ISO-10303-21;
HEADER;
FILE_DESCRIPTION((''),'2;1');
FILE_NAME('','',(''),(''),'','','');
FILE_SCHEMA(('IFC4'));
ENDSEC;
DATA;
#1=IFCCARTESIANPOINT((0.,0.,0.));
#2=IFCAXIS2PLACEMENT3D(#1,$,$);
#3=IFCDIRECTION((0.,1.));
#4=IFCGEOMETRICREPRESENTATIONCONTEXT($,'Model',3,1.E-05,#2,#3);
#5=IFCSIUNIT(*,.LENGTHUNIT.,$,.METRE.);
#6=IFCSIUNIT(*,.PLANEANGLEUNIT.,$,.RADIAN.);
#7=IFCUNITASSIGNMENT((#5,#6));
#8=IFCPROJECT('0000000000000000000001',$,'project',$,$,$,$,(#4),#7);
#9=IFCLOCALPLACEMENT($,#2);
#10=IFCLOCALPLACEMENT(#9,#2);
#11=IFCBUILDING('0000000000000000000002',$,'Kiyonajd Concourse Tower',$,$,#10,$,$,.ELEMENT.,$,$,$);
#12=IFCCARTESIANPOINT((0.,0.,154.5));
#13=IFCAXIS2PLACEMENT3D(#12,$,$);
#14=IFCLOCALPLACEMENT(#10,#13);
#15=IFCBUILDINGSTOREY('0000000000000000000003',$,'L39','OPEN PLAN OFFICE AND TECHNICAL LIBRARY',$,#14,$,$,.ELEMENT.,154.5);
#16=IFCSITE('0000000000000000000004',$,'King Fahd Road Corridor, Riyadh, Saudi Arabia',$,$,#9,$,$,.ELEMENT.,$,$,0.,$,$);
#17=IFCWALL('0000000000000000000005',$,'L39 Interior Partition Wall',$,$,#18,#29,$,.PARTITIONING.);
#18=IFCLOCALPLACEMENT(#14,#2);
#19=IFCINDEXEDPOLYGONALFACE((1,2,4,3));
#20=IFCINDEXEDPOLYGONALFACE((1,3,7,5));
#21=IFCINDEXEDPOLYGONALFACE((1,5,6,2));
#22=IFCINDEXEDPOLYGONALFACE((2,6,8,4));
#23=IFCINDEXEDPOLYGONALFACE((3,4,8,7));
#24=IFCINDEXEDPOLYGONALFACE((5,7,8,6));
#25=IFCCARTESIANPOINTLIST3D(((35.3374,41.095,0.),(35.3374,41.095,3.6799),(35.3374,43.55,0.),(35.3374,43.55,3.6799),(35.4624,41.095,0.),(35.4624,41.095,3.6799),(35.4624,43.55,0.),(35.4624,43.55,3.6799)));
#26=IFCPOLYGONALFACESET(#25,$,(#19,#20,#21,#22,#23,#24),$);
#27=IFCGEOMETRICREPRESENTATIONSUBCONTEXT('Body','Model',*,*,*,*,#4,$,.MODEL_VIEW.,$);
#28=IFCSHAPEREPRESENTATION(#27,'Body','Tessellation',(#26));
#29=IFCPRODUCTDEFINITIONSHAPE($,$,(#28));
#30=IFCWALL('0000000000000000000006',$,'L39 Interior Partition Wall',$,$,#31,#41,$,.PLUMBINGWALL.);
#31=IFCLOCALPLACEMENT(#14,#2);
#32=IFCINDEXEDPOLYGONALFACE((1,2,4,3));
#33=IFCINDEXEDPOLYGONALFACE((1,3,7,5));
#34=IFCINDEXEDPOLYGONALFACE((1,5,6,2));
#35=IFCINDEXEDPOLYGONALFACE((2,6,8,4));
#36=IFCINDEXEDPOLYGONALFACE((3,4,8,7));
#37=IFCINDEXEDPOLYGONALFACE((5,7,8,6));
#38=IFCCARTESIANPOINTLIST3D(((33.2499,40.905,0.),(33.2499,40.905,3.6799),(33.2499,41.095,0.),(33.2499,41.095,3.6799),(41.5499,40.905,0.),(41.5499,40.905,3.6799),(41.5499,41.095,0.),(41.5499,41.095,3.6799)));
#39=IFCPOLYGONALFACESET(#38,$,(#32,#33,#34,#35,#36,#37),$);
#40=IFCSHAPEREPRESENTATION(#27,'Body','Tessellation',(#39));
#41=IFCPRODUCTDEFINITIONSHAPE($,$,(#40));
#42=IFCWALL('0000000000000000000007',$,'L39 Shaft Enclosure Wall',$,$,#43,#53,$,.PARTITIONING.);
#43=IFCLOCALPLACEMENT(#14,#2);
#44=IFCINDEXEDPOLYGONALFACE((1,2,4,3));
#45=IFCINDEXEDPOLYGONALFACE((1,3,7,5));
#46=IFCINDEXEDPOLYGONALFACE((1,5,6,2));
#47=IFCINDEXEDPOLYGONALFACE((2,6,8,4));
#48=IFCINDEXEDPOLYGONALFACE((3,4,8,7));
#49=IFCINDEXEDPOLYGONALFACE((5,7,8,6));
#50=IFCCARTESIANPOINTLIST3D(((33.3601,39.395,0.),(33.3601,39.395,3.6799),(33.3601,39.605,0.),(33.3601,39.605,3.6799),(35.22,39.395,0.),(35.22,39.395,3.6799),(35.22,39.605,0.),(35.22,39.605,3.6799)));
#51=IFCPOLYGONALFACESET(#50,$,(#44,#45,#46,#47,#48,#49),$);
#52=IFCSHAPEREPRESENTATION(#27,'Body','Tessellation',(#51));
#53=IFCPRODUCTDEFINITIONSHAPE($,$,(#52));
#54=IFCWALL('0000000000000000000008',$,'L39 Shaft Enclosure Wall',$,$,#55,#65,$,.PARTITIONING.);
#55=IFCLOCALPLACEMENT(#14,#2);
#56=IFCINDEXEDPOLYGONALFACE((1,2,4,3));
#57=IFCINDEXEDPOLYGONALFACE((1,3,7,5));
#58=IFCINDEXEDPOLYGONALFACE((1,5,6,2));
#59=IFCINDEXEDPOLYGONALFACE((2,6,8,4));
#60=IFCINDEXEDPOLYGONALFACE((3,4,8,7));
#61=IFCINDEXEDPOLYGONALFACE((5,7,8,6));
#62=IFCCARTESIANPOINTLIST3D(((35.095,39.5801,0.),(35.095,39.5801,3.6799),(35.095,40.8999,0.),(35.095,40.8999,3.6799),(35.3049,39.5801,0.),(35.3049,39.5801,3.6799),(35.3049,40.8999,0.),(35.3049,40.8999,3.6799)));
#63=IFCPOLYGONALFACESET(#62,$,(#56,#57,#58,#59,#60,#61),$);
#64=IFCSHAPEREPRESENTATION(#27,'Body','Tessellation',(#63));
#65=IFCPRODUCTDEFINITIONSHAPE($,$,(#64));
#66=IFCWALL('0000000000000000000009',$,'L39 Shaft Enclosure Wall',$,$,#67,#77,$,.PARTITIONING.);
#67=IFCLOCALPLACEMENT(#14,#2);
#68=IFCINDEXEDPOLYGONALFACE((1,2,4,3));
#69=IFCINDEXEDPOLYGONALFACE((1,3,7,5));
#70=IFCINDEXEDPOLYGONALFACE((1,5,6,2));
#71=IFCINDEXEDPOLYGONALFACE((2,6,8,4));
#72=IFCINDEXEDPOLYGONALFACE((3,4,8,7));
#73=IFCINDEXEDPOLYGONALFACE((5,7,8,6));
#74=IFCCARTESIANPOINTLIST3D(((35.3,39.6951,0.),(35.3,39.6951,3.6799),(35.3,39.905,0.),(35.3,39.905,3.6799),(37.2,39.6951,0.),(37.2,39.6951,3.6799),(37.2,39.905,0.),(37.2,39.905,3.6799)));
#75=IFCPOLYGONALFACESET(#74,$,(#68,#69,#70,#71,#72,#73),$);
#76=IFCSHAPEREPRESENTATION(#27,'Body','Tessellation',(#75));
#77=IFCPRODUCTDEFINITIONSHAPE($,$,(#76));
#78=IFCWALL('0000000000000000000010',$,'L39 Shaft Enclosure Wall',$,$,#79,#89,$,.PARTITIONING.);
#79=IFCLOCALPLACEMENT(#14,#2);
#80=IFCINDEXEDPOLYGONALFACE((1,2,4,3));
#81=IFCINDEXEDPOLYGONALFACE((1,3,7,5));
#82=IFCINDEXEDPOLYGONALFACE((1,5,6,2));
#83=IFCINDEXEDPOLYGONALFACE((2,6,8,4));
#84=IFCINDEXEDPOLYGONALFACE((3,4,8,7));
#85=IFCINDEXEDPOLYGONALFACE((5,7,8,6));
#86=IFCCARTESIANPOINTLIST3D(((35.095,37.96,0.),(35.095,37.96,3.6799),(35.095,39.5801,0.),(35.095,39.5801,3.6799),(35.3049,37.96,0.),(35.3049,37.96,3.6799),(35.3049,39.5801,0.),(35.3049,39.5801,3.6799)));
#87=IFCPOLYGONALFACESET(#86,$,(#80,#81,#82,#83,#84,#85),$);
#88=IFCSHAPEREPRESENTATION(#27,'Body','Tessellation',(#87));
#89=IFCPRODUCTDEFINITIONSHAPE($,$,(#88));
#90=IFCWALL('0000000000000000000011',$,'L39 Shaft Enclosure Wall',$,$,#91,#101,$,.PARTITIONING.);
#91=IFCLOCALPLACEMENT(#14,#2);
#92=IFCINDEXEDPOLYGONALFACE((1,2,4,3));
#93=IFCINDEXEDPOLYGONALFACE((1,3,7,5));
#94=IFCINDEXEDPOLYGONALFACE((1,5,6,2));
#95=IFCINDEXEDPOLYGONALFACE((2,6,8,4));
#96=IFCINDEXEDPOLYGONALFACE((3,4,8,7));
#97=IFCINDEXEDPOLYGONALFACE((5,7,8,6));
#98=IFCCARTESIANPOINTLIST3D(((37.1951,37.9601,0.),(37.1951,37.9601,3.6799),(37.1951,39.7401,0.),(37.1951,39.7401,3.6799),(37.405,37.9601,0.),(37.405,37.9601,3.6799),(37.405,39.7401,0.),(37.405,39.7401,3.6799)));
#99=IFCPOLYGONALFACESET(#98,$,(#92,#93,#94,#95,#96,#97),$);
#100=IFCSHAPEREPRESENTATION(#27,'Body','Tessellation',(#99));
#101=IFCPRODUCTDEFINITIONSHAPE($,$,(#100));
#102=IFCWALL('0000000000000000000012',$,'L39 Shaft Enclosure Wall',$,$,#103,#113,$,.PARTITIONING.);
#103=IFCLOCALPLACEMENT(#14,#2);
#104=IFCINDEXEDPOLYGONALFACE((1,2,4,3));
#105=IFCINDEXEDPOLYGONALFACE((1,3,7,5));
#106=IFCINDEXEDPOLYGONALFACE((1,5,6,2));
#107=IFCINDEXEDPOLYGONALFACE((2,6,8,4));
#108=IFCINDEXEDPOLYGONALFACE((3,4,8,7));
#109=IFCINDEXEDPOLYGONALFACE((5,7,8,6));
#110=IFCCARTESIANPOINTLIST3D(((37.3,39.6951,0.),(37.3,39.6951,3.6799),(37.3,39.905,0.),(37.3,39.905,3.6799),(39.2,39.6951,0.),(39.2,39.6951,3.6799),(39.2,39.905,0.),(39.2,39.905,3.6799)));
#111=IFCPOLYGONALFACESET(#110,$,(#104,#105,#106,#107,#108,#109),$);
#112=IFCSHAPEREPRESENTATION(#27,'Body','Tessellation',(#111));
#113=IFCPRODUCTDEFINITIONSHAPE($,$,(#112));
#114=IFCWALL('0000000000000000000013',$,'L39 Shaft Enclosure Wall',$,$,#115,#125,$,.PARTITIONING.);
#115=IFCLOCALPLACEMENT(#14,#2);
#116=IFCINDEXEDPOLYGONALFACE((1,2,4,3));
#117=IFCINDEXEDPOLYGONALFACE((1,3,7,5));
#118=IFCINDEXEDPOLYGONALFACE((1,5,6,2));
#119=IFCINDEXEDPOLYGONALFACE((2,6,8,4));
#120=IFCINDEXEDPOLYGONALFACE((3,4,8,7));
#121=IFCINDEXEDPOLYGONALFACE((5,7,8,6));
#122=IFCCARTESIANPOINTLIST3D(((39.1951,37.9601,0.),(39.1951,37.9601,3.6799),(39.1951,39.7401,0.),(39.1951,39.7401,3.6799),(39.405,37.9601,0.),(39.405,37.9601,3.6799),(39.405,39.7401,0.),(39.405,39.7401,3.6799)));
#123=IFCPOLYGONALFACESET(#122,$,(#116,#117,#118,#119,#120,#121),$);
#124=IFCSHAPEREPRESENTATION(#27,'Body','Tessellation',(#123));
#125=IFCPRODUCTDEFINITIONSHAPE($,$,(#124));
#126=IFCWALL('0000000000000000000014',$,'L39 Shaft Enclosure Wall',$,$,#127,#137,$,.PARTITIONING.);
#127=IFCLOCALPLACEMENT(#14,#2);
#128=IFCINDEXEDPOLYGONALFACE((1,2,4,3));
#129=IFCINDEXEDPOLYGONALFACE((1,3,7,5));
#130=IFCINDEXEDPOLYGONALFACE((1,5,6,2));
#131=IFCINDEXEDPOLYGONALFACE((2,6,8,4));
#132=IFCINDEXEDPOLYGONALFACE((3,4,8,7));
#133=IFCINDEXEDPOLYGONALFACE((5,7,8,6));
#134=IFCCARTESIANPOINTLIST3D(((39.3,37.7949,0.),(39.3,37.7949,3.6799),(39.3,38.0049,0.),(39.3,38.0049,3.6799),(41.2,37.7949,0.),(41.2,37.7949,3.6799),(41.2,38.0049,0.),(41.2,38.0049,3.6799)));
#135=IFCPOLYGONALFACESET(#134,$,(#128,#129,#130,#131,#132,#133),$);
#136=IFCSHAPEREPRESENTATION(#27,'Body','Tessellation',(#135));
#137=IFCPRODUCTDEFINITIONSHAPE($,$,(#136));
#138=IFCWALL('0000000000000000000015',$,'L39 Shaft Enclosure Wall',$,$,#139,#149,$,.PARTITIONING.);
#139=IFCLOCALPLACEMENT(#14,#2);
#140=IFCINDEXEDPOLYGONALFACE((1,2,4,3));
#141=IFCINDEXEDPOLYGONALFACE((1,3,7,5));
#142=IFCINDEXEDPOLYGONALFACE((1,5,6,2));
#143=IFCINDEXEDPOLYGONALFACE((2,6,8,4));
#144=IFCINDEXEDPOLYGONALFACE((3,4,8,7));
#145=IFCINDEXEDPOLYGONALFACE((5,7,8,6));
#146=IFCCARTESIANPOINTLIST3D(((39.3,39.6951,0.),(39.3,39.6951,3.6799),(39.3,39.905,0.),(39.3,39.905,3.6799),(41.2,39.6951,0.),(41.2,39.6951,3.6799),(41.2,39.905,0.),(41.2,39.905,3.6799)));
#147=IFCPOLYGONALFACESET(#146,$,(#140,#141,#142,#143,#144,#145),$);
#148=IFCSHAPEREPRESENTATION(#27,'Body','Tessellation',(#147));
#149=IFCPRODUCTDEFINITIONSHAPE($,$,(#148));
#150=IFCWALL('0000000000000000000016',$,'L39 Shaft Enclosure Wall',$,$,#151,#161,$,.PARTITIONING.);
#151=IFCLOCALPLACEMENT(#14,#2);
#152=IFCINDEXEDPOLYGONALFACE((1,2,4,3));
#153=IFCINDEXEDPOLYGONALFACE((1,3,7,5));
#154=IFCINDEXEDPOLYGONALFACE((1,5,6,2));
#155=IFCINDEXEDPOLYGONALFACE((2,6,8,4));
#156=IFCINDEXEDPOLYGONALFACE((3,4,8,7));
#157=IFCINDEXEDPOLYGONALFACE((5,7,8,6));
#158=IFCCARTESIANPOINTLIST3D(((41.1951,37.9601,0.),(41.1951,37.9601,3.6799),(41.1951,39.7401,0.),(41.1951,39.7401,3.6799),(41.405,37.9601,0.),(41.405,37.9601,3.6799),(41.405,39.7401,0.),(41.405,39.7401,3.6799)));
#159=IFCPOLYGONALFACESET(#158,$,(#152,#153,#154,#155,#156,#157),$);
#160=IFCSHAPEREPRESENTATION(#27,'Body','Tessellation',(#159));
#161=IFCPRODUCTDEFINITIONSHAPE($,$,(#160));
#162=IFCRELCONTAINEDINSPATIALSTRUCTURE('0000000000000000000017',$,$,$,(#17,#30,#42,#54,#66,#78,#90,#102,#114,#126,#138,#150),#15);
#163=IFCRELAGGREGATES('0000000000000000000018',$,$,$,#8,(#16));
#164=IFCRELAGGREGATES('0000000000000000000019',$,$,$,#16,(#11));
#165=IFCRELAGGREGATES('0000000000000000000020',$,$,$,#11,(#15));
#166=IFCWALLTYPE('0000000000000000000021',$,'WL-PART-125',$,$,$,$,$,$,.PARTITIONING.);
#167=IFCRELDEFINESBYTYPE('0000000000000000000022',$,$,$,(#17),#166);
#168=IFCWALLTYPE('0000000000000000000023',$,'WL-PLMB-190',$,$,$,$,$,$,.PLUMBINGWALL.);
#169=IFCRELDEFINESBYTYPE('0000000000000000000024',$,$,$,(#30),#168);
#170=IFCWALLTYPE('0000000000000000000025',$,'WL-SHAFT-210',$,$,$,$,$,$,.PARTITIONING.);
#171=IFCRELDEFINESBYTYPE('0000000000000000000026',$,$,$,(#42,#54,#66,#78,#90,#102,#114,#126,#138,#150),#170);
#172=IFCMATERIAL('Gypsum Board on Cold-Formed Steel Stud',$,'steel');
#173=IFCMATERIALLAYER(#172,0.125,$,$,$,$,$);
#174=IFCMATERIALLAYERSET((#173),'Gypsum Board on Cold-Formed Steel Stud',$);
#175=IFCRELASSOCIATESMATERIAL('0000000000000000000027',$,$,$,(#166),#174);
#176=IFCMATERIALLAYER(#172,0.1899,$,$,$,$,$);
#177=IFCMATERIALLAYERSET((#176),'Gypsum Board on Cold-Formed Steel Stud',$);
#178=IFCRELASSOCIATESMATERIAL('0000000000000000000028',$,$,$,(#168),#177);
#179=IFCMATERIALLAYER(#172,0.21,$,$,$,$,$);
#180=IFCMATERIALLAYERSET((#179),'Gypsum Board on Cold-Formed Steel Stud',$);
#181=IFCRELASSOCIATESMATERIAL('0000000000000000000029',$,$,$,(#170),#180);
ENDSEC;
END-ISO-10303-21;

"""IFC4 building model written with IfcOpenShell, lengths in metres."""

from ifc_helpers import new_model, si_unit, direction, frame, frame_2d, origin, place, context, subcontext, project, spatial, rectangle, extrude, material, layer, layer_set, type_object, element, save


model = new_model("IFC4")

# Units and contexts
model_context = context("Model", 3, precision=1e-05, world=origin(), true_north=direction((0.0, 1.0)))
body_context = subcontext(model_context, "Body", "Model", "MODEL_VIEW")
ifc_project = project(units=[si_unit("LENGTHUNIT", "METRE"), si_unit("PLANEANGLEUNIT", "RADIAN")], contexts=[model_context])

# Site, building, storey
site_placement = place(None, origin())
site = spatial("IfcSite", under=ifc_project, at=site_placement, Name="King Fahd Road Corridor, Riyadh, Saudi Arabia", CompositionType="ELEMENT", RefElevation=0.0)
building_placement = place(site_placement, origin())
building = spatial("IfcBuilding", under=site, at=building_placement, Name="Kiyonajd Concourse Tower", CompositionType="ELEMENT")
storey_placement = place(building_placement, frame((0.0, 0.0, 154.5)))
storey = spatial("IfcBuildingStorey", under=building, at=storey_placement, Name="L39", Description="OPEN PLAN OFFICE AND TECHNICAL LIBRARY", CompositionType="ELEMENT", Elevation=154.5)

# Walls
ifc_material = material(Name="Gypsum Board on Cold-Formed Steel Stud", Category="steel")
ifc_layer_1 = layer(ifc_material, 0.125)
ifc_layer_set_1 = layer_set([ifc_layer_1], Name="Gypsum Board on Cold-Formed Steel Stud")
wall_type_1 = type_object("IfcWallType", Name="WL-PART-125", PredefinedType="PARTITIONING", material=ifc_layer_set_1)
wall_1_placement = place(storey_placement, frame((35.3999, 41.095, 0.0), z_axis=(0.0, 0.0, 1.0), x_axis=(0.0, 1.0, 0.0)))
element("IfcWall", 1, at=wall_1_placement, inside=storey, type_object=wall_type_1, Name="L39 Interior Partition Wall", PredefinedType="PARTITIONING", context=body_context, shape_type="SweptSolid", body=[
    extrude(rectangle(XDim=2.4551, YDim=0.125, at=frame_2d((1.2275, 0.0))), origin(), (0.0, 0.0, 1.0), 3.6799),
])
ifc_layer_2 = layer(ifc_material, 0.1899)
ifc_layer_set_2 = layer_set([ifc_layer_2], Name="Gypsum Board on Cold-Formed Steel Stud")
wall_type_2 = type_object("IfcWallType", Name="WL-PLMB-190", PredefinedType="PLUMBINGWALL", material=ifc_layer_set_2)
wall_2_placement = place(storey_placement, frame((33.25, 41.0, 0.0), z_axis=(0.0, 0.0, 1.0), x_axis=(1.0, 0.0, 0.0)))
element("IfcWall", 2, at=wall_2_placement, inside=storey, type_object=wall_type_2, Name="L39 Interior Partition Wall", PredefinedType="PLUMBINGWALL", context=body_context, shape_type="SweptSolid", body=[
    extrude(rectangle(XDim=8.3, YDim=0.1899, at=frame_2d((4.1499, 0.0))), origin(), (0.0, 0.0, 1.0), 3.6799),
])
ifc_layer_3 = layer(ifc_material, 0.21)
ifc_layer_set_3 = layer_set([ifc_layer_3], Name="Gypsum Board on Cold-Formed Steel Stud")
wall_type_3 = type_object("IfcWallType", Name="WL-SHAFT-210", PredefinedType="PARTITIONING", material=ifc_layer_set_3)
wall_3_placement = place(storey_placement, frame((33.3601, 39.5, 0.0), z_axis=(0.0, 0.0, 1.0), x_axis=(1.0, 0.0, 0.0)))
element("IfcWall", 3, at=wall_3_placement, inside=storey, type_object=wall_type_3, Name="L39 Shaft Enclosure Wall", PredefinedType="PARTITIONING", context=body_context, shape_type="SweptSolid", body=[
    extrude(rectangle(XDim=1.8599, YDim=0.21, at=frame_2d((0.9299, 0.0))), origin(), (0.0, 0.0, 1.0), 3.6799),
])
wall_4_placement = place(storey_placement, frame((35.2, 39.5801, 0.0), z_axis=(0.0, 0.0, 1.0), x_axis=(0.0, 1.0, 0.0)))
element("IfcWall", 4, at=wall_4_placement, inside=storey, type_object=wall_type_3, Name="L39 Shaft Enclosure Wall", PredefinedType="PARTITIONING", context=body_context, shape_type="SweptSolid", body=[
    extrude(rectangle(XDim=1.3198, YDim=0.21, at=frame_2d((0.6599, 0.0))), origin(), (0.0, 0.0, 1.0), 3.6799),
])
wall_5_placement = place(storey_placement, frame((35.3, 39.8, 0.0), z_axis=(0.0, 0.0, 1.0), x_axis=(1.0, 0.0, 0.0)))
element("IfcWall", 5, at=wall_5_placement, inside=storey, type_object=wall_type_3, Name="L39 Shaft Enclosure Wall", PredefinedType="PARTITIONING", context=body_context, shape_type="SweptSolid", body=[
    extrude(rectangle(XDim=1.8999, YDim=0.21, at=frame_2d((0.95, 0.0))), origin(), (0.0, 0.0, 1.0), 3.6799),
])
wall_6_placement = place(storey_placement, frame((35.2, 37.96, 0.0), z_axis=(0.0, 0.0, 1.0), x_axis=(0.0, 1.0, 0.0)))
element("IfcWall", 6, at=wall_6_placement, inside=storey, type_object=wall_type_3, Name="L39 Shaft Enclosure Wall", PredefinedType="PARTITIONING", context=body_context, shape_type="SweptSolid", body=[
    extrude(rectangle(XDim=1.6201, YDim=0.21, at=frame_2d((0.8101, 0.0))), origin(), (0.0, 0.0, 1.0), 3.6799),
])
wall_7_placement = place(storey_placement, frame((37.3, 37.96, 0.0), z_axis=(0.0, 0.0, 1.0), x_axis=(0.0, 1.0, 0.0)))
element("IfcWall", 7, at=wall_7_placement, inside=storey, type_object=wall_type_3, Name="L39 Shaft Enclosure Wall", PredefinedType="PARTITIONING", context=body_context, shape_type="SweptSolid", body=[
    extrude(rectangle(XDim=1.78, YDim=0.21, at=frame_2d((0.8901, 0.0))), origin(), (0.0, 0.0, 1.0), 3.6799),
])
wall_8_placement = place(storey_placement, frame((37.3, 39.8, 0.0), z_axis=(0.0, 0.0, 1.0), x_axis=(1.0, 0.0, 0.0)))
element("IfcWall", 8, at=wall_8_placement, inside=storey, type_object=wall_type_3, Name="L39 Shaft Enclosure Wall", PredefinedType="PARTITIONING", context=body_context, shape_type="SweptSolid", body=[
    extrude(rectangle(XDim=1.8999, YDim=0.21, at=frame_2d((0.95, 0.0))), origin(), (0.0, 0.0, 1.0), 3.6799),
])
wall_9_placement = place(storey_placement, frame((39.3, 37.96, 0.0), z_axis=(0.0, 0.0, 1.0), x_axis=(0.0, 1.0, 0.0)))
element("IfcWall", 9, at=wall_9_placement, inside=storey, type_object=wall_type_3, Name="L39 Shaft Enclosure Wall", PredefinedType="PARTITIONING", context=body_context, shape_type="SweptSolid", body=[
    extrude(rectangle(XDim=1.78, YDim=0.21, at=frame_2d((0.8901, 0.0))), origin(), (0.0, 0.0, 1.0), 3.6799),
])
for number, where, z_axis, x_axis, name in (
    (10, (39.3, 37.8999, 0.0), (0.0, 0.0, 1.0), (1.0, 0.0, 0.0), "L39 Shaft Enclosure Wall"),
    (11, (39.3, 39.8, 0.0), (0.0, 0.0, 1.0), (1.0, 0.0, 0.0), "L39 Shaft Enclosure Wall"),
):
    element("IfcWall", number, at=place(storey_placement, frame(where, z_axis=z_axis, x_axis=x_axis)), inside=storey, type_object=wall_type_3, Name=name, PredefinedType="PARTITIONING", context=body_context, shape_type="SweptSolid", body=[
        extrude(rectangle(XDim=1.8999, YDim=0.21, at=frame_2d((0.95, 0.0))), origin(), (0.0, 0.0, 1.0), 3.6799),
    ])
wall_10_placement = place(storey_placement, frame((41.3, 37.96, 0.0), z_axis=(0.0, 0.0, 1.0), x_axis=(0.0, 1.0, 0.0)))
element("IfcWall", 12, at=wall_10_placement, inside=storey, type_object=wall_type_3, Name="L39 Shaft Enclosure Wall", PredefinedType="PARTITIONING", context=body_context, shape_type="SweptSolid", body=[
    extrude(rectangle(XDim=1.78, YDim=0.21, at=frame_2d((0.8901, 0.0))), origin(), (0.0, 0.0, 1.0), 3.6799),
])

save(model, "model.ifc")
